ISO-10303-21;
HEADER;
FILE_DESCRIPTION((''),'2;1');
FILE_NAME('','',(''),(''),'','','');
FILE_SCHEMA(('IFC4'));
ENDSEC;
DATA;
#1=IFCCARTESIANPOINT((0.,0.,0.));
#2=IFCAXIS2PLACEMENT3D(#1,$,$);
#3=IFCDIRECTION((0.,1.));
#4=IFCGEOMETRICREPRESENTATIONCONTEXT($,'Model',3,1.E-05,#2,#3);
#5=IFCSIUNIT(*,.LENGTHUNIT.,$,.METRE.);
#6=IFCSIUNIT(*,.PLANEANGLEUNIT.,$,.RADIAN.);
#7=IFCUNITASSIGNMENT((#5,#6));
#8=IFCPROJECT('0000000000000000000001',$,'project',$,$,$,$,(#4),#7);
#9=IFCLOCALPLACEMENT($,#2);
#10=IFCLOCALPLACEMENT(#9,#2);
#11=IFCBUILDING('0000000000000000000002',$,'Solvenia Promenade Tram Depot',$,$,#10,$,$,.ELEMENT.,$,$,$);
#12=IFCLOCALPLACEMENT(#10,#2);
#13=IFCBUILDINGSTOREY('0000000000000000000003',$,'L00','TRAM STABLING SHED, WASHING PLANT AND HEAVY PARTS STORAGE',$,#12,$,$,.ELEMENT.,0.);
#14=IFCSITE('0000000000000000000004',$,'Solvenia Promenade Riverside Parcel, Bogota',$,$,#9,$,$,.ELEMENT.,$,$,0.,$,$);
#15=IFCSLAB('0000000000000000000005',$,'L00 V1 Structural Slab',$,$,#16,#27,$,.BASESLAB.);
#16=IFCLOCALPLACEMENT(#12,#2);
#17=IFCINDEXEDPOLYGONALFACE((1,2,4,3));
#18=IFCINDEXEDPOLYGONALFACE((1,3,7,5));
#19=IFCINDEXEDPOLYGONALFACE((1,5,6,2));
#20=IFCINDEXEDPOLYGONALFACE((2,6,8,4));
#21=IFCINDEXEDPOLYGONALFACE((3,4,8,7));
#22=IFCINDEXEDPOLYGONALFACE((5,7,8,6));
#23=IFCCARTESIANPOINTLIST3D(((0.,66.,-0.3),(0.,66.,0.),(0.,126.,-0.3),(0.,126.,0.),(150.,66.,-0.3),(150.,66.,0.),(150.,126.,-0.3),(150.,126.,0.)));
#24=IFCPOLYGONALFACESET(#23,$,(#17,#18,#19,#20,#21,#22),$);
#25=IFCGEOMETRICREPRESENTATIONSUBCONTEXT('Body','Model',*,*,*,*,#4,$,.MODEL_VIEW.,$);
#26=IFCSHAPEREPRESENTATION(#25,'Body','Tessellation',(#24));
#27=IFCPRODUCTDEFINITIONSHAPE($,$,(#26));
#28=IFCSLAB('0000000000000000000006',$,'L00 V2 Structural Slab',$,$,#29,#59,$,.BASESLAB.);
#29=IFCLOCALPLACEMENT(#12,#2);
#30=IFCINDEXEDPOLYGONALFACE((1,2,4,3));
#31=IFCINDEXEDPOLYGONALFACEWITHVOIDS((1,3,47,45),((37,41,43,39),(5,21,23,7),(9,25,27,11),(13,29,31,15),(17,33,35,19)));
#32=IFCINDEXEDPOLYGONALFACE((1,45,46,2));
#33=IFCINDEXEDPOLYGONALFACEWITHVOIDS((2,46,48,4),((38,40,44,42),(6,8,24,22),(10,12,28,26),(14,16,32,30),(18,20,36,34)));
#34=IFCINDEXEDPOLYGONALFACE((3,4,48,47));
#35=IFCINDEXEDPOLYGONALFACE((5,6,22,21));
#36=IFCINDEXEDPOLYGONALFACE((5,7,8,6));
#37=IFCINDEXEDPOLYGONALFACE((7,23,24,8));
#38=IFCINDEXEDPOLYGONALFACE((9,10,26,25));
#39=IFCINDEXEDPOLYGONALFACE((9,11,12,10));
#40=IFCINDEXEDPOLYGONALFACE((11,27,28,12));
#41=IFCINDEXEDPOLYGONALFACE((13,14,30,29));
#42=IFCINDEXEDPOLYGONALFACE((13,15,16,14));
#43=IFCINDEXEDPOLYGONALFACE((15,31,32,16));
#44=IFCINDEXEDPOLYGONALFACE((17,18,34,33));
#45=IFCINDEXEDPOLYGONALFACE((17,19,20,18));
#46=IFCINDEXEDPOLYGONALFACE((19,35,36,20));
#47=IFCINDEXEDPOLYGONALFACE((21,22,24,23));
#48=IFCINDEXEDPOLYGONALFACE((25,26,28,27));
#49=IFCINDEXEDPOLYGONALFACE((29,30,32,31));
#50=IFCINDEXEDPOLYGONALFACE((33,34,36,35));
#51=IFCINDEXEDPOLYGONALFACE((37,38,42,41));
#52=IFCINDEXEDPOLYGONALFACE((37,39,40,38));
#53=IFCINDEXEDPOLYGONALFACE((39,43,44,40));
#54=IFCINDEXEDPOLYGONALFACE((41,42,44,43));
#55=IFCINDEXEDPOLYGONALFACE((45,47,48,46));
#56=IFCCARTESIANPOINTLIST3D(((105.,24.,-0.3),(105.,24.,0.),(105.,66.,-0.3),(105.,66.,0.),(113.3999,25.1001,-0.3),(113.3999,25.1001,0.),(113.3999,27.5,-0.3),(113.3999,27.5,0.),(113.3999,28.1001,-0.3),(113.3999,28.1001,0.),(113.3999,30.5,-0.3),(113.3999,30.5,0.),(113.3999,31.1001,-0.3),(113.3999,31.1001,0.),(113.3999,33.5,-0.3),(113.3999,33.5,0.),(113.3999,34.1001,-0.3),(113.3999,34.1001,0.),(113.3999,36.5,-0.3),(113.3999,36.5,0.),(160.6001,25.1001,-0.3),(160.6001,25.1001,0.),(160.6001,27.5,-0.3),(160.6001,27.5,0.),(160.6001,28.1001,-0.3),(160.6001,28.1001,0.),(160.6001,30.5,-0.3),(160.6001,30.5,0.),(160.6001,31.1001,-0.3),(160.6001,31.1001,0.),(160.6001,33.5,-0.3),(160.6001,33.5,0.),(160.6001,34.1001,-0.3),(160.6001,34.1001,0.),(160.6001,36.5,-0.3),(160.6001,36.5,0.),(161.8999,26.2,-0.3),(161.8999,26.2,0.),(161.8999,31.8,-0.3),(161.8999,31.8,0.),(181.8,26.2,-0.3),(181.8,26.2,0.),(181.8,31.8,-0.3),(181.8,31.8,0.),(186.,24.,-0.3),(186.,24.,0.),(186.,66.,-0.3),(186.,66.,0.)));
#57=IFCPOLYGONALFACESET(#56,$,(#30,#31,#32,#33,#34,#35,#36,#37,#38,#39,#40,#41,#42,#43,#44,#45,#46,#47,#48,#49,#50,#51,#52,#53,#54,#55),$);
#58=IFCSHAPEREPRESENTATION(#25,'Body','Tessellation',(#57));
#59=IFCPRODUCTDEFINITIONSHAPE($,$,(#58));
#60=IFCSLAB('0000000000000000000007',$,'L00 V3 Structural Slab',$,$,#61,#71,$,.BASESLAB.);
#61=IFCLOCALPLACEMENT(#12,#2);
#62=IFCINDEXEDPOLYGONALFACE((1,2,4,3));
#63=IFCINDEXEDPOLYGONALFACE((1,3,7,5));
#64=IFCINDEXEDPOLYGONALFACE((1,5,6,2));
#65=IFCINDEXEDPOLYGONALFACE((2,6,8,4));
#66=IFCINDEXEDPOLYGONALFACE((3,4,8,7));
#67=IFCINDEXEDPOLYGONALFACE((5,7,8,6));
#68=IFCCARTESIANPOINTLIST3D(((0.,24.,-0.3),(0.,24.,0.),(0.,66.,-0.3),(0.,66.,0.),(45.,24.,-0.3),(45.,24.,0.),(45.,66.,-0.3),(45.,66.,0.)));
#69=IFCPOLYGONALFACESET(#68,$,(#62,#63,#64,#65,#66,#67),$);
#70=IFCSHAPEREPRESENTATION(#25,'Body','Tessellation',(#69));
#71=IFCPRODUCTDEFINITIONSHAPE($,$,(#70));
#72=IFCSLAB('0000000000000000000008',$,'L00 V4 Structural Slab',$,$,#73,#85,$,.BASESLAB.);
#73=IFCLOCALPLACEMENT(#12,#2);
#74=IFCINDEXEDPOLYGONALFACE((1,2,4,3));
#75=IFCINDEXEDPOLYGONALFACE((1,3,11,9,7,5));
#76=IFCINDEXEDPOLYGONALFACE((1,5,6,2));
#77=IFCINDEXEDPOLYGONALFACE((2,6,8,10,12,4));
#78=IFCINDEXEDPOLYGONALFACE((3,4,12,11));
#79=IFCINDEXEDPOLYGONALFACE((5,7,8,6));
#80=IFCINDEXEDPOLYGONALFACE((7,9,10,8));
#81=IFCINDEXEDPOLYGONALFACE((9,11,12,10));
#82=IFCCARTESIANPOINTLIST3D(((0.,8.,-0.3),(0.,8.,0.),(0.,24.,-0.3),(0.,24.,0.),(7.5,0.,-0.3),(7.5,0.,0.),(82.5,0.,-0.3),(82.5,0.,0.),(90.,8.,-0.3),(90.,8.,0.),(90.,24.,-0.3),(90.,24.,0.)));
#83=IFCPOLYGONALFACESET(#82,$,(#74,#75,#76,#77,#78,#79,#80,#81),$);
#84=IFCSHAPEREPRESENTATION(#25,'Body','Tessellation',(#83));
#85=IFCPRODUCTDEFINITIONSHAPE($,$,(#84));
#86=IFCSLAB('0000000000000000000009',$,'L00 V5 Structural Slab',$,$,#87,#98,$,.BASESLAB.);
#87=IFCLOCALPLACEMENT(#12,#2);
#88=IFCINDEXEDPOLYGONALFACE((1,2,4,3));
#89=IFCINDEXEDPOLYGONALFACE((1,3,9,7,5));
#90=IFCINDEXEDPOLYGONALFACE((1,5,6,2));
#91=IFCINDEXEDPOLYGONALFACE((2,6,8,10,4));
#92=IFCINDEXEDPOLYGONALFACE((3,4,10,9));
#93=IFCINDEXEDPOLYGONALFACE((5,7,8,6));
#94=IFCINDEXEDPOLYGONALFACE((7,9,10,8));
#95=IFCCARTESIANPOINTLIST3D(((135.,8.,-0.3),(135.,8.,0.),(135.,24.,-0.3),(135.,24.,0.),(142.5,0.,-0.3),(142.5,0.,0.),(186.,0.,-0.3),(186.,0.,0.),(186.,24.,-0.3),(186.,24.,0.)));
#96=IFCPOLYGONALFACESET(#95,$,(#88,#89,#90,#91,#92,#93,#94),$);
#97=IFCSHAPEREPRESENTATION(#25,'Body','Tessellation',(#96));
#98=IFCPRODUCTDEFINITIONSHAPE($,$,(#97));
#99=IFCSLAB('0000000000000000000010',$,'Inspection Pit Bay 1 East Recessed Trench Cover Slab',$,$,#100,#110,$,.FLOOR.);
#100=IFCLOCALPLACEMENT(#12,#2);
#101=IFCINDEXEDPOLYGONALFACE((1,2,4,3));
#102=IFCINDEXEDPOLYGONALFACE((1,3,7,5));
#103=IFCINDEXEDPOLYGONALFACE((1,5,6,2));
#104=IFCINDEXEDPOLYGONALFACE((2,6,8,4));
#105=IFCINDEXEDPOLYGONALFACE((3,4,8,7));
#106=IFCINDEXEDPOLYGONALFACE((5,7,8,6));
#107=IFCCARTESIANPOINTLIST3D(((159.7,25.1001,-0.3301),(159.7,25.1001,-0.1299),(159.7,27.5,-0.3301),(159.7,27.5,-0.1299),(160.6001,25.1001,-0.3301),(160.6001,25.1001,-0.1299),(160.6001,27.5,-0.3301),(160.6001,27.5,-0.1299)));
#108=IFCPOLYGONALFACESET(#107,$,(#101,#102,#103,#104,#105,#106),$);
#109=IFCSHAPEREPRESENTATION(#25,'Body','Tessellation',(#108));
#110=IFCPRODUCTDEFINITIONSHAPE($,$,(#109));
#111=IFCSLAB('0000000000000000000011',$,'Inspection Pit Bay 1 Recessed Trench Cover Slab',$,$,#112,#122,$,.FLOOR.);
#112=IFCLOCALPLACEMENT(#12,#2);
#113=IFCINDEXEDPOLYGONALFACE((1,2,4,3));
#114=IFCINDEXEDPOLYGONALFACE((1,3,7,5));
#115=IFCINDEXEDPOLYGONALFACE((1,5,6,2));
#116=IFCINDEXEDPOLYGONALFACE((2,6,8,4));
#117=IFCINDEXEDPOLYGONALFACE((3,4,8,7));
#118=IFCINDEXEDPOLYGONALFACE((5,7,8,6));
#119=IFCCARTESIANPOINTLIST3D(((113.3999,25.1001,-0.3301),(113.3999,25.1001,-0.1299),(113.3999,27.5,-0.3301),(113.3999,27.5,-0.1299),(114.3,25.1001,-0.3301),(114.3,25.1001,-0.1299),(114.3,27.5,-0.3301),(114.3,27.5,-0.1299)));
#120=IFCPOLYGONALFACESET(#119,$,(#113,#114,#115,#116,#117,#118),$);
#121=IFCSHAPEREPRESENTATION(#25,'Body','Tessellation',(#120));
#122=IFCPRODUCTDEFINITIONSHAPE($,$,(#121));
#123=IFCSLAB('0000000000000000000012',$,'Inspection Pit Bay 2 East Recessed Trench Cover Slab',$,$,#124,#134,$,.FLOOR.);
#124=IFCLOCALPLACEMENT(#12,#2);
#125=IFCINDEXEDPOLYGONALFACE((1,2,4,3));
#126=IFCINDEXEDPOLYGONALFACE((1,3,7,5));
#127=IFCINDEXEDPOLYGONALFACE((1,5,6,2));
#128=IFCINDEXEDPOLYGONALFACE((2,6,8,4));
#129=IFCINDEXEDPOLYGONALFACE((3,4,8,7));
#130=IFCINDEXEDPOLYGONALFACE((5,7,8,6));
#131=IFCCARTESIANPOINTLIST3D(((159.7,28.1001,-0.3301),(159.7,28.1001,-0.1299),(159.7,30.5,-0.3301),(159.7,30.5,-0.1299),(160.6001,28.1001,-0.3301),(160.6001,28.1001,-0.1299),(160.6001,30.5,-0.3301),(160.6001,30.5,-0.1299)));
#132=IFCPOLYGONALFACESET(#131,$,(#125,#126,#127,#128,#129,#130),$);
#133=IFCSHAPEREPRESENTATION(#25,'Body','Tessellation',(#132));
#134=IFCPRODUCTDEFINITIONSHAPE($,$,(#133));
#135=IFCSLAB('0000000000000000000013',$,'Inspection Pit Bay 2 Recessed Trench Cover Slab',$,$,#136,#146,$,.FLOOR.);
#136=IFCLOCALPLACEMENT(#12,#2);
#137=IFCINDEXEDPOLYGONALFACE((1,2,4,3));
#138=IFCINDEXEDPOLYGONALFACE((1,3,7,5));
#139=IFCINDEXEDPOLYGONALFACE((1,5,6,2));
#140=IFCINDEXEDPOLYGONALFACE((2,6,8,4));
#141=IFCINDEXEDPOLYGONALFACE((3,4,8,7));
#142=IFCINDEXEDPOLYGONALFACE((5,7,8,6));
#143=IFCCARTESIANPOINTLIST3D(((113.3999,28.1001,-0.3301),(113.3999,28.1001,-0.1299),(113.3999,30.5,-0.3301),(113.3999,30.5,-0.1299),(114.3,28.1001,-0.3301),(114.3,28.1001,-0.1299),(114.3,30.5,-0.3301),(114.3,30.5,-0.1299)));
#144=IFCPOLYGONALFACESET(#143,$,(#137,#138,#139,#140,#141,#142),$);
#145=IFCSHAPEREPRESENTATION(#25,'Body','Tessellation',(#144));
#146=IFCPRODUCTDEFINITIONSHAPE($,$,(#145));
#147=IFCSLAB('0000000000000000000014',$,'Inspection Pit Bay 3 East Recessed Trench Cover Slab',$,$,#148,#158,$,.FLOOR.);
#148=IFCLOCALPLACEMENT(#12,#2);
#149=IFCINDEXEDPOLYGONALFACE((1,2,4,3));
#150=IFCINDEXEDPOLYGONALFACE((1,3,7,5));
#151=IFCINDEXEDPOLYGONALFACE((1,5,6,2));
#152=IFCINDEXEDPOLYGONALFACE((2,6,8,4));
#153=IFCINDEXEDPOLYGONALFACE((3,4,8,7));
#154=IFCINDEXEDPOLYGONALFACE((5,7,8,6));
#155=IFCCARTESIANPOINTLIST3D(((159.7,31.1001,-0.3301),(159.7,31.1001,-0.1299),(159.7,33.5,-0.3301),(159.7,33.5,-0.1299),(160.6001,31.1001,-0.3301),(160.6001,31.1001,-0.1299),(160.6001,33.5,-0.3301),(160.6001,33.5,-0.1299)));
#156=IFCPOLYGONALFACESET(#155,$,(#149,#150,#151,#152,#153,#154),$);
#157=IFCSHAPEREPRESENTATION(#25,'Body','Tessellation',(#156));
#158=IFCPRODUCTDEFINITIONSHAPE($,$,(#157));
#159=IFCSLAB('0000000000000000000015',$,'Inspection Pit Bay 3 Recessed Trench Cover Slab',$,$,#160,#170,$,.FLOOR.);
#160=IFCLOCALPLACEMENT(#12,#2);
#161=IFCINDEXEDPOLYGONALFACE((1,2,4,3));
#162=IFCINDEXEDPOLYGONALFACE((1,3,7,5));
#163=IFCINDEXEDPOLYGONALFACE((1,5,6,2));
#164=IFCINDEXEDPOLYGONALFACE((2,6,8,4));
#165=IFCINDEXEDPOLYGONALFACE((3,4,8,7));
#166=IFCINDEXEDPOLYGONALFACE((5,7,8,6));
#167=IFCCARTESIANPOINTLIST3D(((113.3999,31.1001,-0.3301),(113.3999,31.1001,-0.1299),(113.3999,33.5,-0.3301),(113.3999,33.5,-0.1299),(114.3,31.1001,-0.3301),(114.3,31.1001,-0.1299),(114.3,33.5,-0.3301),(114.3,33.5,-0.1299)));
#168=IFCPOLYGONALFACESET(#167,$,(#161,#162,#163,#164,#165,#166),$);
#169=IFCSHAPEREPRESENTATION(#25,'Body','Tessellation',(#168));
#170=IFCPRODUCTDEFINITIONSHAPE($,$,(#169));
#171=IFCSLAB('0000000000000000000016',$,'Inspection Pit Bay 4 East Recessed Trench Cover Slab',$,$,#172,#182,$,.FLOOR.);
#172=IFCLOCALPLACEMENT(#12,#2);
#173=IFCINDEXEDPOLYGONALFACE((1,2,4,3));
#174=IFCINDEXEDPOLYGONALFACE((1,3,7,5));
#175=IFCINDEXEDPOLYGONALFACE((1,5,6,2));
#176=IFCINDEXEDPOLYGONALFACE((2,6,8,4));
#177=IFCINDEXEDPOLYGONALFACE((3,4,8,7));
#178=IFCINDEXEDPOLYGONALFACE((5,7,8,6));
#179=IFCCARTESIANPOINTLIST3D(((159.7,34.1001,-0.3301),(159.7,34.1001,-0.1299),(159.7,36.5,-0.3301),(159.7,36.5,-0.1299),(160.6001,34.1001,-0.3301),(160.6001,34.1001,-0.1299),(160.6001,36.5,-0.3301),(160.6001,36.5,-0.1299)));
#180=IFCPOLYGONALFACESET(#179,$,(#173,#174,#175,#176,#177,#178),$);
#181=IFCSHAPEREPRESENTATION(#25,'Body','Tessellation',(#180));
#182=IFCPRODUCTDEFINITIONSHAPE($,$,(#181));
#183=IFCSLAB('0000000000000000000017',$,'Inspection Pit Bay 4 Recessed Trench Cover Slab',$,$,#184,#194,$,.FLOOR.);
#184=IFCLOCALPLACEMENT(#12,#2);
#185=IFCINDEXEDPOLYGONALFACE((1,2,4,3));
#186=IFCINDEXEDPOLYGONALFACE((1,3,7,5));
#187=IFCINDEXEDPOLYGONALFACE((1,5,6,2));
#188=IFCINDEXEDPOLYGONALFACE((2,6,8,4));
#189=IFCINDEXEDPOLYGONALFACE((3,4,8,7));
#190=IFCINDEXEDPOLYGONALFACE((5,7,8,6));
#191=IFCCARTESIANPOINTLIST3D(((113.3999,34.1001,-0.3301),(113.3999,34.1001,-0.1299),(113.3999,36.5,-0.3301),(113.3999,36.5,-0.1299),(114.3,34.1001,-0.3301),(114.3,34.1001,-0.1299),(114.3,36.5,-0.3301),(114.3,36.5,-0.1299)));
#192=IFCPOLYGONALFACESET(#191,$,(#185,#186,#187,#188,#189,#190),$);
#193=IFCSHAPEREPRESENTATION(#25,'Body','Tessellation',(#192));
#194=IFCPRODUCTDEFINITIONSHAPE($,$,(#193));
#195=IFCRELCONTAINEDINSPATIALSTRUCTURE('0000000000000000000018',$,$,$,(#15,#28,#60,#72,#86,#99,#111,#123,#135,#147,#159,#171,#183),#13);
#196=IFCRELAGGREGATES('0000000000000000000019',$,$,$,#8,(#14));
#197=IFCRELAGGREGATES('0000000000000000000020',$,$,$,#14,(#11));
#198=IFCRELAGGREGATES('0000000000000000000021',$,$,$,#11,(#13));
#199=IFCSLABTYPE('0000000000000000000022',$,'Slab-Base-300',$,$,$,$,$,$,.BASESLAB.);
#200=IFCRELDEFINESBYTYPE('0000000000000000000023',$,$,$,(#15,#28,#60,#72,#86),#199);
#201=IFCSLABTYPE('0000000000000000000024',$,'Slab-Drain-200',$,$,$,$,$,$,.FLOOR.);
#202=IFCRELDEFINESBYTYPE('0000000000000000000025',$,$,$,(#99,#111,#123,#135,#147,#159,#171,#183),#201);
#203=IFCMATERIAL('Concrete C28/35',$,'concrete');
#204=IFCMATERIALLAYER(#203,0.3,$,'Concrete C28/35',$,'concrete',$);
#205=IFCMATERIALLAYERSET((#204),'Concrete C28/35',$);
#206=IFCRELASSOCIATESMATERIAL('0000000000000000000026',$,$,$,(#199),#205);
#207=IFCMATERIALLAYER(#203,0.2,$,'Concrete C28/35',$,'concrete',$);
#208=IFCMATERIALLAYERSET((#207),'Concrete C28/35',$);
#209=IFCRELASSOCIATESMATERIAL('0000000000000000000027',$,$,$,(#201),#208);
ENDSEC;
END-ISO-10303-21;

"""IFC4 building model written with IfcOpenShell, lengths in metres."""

from ifc_helpers import new_model, si_unit, direction, frame, origin, place, context, subcontext, project, spatial, polyline, outline, extrude, material, layer, layer_set, type_object, element, save


model = new_model("IFC4")

# Units and contexts
model_context = context("Model", 3, precision=1e-05, world=origin(), true_north=direction((0.0, 1.0)))
body_context = subcontext(model_context, "Body", "Model", "MODEL_VIEW")
ifc_project = project(units=[si_unit("LENGTHUNIT", "METRE"), si_unit("PLANEANGLEUNIT", "RADIAN")], contexts=[model_context])

# Site, building, storey
site_placement = place(None, origin())
site = spatial("IfcSite", under=ifc_project, at=site_placement, Name="Solvenia Promenade Riverside Parcel, Bogota", CompositionType="ELEMENT", RefElevation=0.0)
building_placement = place(site_placement, origin())
building = spatial("IfcBuilding", under=site, at=building_placement, Name="Solvenia Promenade Tram Depot", CompositionType="ELEMENT")
storey_placement = place(building_placement, origin())
storey = spatial("IfcBuildingStorey", under=building, at=storey_placement, Name="L00", Description="TRAM STABLING SHED, WASHING PLANT AND HEAVY PARTS STORAGE", CompositionType="ELEMENT", Elevation=0.0)

# Slabs
ifc_material_1 = material(Name="Concrete C28/35", Category="concrete")
ifc_layer_1 = layer(ifc_material_1, 0.3, Name="Concrete C28/35", Category="concrete")
ifc_layer_set_1 = layer_set([ifc_layer_1], Name="Concrete C28/35")
slab_type_1 = type_object("IfcSlabType", Name="Slab-Base-300", PredefinedType="BASESLAB", material=ifc_layer_set_1)
slab_1_placement = place(storey_placement, frame((0.0, 0.0, -0.3)))
element("IfcSlab", 1, at=slab_1_placement, inside=storey, type_object=slab_type_1, Name="L00 V1 Structural Slab", PredefinedType="BASESLAB", context=body_context, shape_type="SweptSolid", body=[
    extrude(outline(polyline([(0.0, 66.0), (150.0, 66.0), (150.0, 126.0), (0.0, 126.0), (0.0, 66.0)])), origin(), (0.0, 0.0, 1.0), 0.3),
])
slab_2_placement = place(storey_placement, frame((0.0, 0.0, -0.3)))
element("IfcSlab", 2, at=slab_2_placement, inside=storey, type_object=slab_type_1, Name="L00 V2 Structural Slab", PredefinedType="BASESLAB", context=body_context, shape_type="SweptSolid", body=[
    extrude(outline(polyline([(105.0, 24.0), (186.0, 24.0), (186.0, 66.0), (105.0, 66.0), (105.0, 24.0)]), holes=[polyline([(113.3999, 27.5), (160.6001, 27.5), (160.6001, 25.1001), (113.3999, 25.1001), (113.3999, 27.5)]), polyline([(113.3999, 30.5), (160.6001, 30.5), (160.6001, 28.1001), (113.3999, 28.1001), (113.3999, 30.5)]), polyline([(113.3999, 33.5), (160.6001, 33.5), (160.6001, 31.1001), (113.3999, 31.1001), (113.3999, 33.5)]), polyline([(113.3999, 36.5), (160.6001, 36.5), (160.6001, 34.1001), (113.3999, 34.1001), (113.3999, 36.5)]), polyline([(161.8999, 31.8), (181.8, 31.8), (181.8, 26.2), (161.8999, 26.2), (161.8999, 31.8)])]), origin(), (0.0, 0.0, 1.0), 0.3),
])
slab_3_placement = place(storey_placement, frame((0.0, 0.0, -0.3)))
element("IfcSlab", 3, at=slab_3_placement, inside=storey, type_object=slab_type_1, Name="L00 V3 Structural Slab", PredefinedType="BASESLAB", context=body_context, shape_type="SweptSolid", body=[
    extrude(outline(polyline([(0.0, 24.0), (45.0, 24.0), (45.0, 66.0), (0.0, 66.0), (0.0, 24.0)])), origin(), (0.0, 0.0, 1.0), 0.3),
])
slab_4_placement = place(storey_placement, frame((0.0, 0.0, -0.3)))
element("IfcSlab", 4, at=slab_4_placement, inside=storey, type_object=slab_type_1, Name="L00 V4 Structural Slab", PredefinedType="BASESLAB", context=body_context, shape_type="SweptSolid", body=[
    extrude(outline(polyline([(7.5, 0.0), (82.5, 0.0), (90.0, 8.0), (90.0, 24.0), (0.0, 24.0), (0.0, 8.0), (7.5, 0.0)])), origin(), (0.0, 0.0, 1.0), 0.3),
])
slab_5_placement = place(storey_placement, frame((0.0, 0.0, -0.3)))
element("IfcSlab", 5, at=slab_5_placement, inside=storey, type_object=slab_type_1, Name="L00 V5 Structural Slab", PredefinedType="BASESLAB", context=body_context, shape_type="SweptSolid", body=[
    extrude(outline(polyline([(142.5, 0.0), (186.0, 0.0), (186.0, 24.0), (135.0, 24.0), (135.0, 8.0), (142.5, 0.0)])), origin(), (0.0, 0.0, 1.0), 0.3),
])
ifc_layer_2 = layer(ifc_material_1, 0.2, Name="Concrete C28/35", Category="concrete")
ifc_layer_set_2 = layer_set([ifc_layer_2], Name="Concrete C28/35")
slab_type_2 = type_object("IfcSlabType", Name="Slab-Drain-200", PredefinedType="FLOOR", material=ifc_layer_set_2)
slab_6_placement = place(storey_placement, frame((0.0, 0.0, -0.3301)))
element("IfcSlab", 6, at=slab_6_placement, inside=storey, type_object=slab_type_2, Name="Inspection Pit Bay 1 East Recessed Trench Cover Slab", PredefinedType="FLOOR", context=body_context, shape_type="SweptSolid", body=[
    extrude(outline(polyline([(159.7, 25.1001), (160.6001, 25.1001), (160.6001, 27.5), (159.7, 27.5), (159.7, 25.1001)])), origin(), (0.0, 0.0, 1.0), 0.2002),
])
slab_7_placement = place(storey_placement, frame((0.0, 0.0, -0.3301)))
element("IfcSlab", 7, at=slab_7_placement, inside=storey, type_object=slab_type_2, Name="Inspection Pit Bay 1 Recessed Trench Cover Slab", PredefinedType="FLOOR", context=body_context, shape_type="SweptSolid", body=[
    extrude(outline(polyline([(113.3999, 25.1001), (114.3, 25.1001), (114.3, 27.5), (113.3999, 27.5), (113.3999, 25.1001)])), origin(), (0.0, 0.0, 1.0), 0.2002),
])
slab_8_placement = place(storey_placement, frame((0.0, 0.0, -0.3301)))
element("IfcSlab", 8, at=slab_8_placement, inside=storey, type_object=slab_type_2, Name="Inspection Pit Bay 2 East Recessed Trench Cover Slab", PredefinedType="FLOOR", context=body_context, shape_type="SweptSolid", body=[
    extrude(outline(polyline([(159.7, 28.1001), (160.6001, 28.1001), (160.6001, 30.5), (159.7, 30.5), (159.7, 28.1001)])), origin(), (0.0, 0.0, 1.0), 0.2002),
])
slab_9_placement = place(storey_placement, frame((0.0, 0.0, -0.3301)))
element("IfcSlab", 9, at=slab_9_placement, inside=storey, type_object=slab_type_2, Name="Inspection Pit Bay 2 Recessed Trench Cover Slab", PredefinedType="FLOOR", context=body_context, shape_type="SweptSolid", body=[
    extrude(outline(polyline([(113.3999, 28.1001), (114.3, 28.1001), (114.3, 30.5), (113.3999, 30.5), (113.3999, 28.1001)])), origin(), (0.0, 0.0, 1.0), 0.2002),
])
slab_10_placement = place(storey_placement, frame((0.0, 0.0, -0.3301)))
element("IfcSlab", 10, at=slab_10_placement, inside=storey, type_object=slab_type_2, Name="Inspection Pit Bay 3 East Recessed Trench Cover Slab", PredefinedType="FLOOR", context=body_context, shape_type="SweptSolid", body=[
    extrude(outline(polyline([(159.7, 31.1001), (160.6001, 31.1001), (160.6001, 33.5), (159.7, 33.5), (159.7, 31.1001)])), origin(), (0.0, 0.0, 1.0), 0.2002),
])
slab_11_placement = place(storey_placement, frame((0.0, 0.0, -0.3301)))
element("IfcSlab", 11, at=slab_11_placement, inside=storey, type_object=slab_type_2, Name="Inspection Pit Bay 3 Recessed Trench Cover Slab", PredefinedType="FLOOR", context=body_context, shape_type="SweptSolid", body=[
    extrude(outline(polyline([(113.3999, 31.1001), (114.3, 31.1001), (114.3, 33.5), (113.3999, 33.5), (113.3999, 31.1001)])), origin(), (0.0, 0.0, 1.0), 0.2002),
])
slab_12_placement = place(storey_placement, frame((0.0, 0.0, -0.3301)))
element("IfcSlab", 12, at=slab_12_placement, inside=storey, type_object=slab_type_2, Name="Inspection Pit Bay 4 East Recessed Trench Cover Slab", PredefinedType="FLOOR", context=body_context, shape_type="SweptSolid", body=[
    extrude(outline(polyline([(159.7, 34.1001), (160.6001, 34.1001), (160.6001, 36.5), (159.7, 36.5), (159.7, 34.1001)])), origin(), (0.0, 0.0, 1.0), 0.2002),
])
slab_13_placement = place(storey_placement, frame((0.0, 0.0, -0.3301)))
element("IfcSlab", 13, at=slab_13_placement, inside=storey, type_object=slab_type_2, Name="Inspection Pit Bay 4 Recessed Trench Cover Slab", PredefinedType="FLOOR", context=body_context, shape_type="SweptSolid", body=[
    extrude(outline(polyline([(113.3999, 34.1001), (114.3, 34.1001), (114.3, 36.5), (113.3999, 36.5), (113.3999, 34.1001)])), origin(), (0.0, 0.0, 1.0), 0.2002),
])

save(model, "model.ifc")
